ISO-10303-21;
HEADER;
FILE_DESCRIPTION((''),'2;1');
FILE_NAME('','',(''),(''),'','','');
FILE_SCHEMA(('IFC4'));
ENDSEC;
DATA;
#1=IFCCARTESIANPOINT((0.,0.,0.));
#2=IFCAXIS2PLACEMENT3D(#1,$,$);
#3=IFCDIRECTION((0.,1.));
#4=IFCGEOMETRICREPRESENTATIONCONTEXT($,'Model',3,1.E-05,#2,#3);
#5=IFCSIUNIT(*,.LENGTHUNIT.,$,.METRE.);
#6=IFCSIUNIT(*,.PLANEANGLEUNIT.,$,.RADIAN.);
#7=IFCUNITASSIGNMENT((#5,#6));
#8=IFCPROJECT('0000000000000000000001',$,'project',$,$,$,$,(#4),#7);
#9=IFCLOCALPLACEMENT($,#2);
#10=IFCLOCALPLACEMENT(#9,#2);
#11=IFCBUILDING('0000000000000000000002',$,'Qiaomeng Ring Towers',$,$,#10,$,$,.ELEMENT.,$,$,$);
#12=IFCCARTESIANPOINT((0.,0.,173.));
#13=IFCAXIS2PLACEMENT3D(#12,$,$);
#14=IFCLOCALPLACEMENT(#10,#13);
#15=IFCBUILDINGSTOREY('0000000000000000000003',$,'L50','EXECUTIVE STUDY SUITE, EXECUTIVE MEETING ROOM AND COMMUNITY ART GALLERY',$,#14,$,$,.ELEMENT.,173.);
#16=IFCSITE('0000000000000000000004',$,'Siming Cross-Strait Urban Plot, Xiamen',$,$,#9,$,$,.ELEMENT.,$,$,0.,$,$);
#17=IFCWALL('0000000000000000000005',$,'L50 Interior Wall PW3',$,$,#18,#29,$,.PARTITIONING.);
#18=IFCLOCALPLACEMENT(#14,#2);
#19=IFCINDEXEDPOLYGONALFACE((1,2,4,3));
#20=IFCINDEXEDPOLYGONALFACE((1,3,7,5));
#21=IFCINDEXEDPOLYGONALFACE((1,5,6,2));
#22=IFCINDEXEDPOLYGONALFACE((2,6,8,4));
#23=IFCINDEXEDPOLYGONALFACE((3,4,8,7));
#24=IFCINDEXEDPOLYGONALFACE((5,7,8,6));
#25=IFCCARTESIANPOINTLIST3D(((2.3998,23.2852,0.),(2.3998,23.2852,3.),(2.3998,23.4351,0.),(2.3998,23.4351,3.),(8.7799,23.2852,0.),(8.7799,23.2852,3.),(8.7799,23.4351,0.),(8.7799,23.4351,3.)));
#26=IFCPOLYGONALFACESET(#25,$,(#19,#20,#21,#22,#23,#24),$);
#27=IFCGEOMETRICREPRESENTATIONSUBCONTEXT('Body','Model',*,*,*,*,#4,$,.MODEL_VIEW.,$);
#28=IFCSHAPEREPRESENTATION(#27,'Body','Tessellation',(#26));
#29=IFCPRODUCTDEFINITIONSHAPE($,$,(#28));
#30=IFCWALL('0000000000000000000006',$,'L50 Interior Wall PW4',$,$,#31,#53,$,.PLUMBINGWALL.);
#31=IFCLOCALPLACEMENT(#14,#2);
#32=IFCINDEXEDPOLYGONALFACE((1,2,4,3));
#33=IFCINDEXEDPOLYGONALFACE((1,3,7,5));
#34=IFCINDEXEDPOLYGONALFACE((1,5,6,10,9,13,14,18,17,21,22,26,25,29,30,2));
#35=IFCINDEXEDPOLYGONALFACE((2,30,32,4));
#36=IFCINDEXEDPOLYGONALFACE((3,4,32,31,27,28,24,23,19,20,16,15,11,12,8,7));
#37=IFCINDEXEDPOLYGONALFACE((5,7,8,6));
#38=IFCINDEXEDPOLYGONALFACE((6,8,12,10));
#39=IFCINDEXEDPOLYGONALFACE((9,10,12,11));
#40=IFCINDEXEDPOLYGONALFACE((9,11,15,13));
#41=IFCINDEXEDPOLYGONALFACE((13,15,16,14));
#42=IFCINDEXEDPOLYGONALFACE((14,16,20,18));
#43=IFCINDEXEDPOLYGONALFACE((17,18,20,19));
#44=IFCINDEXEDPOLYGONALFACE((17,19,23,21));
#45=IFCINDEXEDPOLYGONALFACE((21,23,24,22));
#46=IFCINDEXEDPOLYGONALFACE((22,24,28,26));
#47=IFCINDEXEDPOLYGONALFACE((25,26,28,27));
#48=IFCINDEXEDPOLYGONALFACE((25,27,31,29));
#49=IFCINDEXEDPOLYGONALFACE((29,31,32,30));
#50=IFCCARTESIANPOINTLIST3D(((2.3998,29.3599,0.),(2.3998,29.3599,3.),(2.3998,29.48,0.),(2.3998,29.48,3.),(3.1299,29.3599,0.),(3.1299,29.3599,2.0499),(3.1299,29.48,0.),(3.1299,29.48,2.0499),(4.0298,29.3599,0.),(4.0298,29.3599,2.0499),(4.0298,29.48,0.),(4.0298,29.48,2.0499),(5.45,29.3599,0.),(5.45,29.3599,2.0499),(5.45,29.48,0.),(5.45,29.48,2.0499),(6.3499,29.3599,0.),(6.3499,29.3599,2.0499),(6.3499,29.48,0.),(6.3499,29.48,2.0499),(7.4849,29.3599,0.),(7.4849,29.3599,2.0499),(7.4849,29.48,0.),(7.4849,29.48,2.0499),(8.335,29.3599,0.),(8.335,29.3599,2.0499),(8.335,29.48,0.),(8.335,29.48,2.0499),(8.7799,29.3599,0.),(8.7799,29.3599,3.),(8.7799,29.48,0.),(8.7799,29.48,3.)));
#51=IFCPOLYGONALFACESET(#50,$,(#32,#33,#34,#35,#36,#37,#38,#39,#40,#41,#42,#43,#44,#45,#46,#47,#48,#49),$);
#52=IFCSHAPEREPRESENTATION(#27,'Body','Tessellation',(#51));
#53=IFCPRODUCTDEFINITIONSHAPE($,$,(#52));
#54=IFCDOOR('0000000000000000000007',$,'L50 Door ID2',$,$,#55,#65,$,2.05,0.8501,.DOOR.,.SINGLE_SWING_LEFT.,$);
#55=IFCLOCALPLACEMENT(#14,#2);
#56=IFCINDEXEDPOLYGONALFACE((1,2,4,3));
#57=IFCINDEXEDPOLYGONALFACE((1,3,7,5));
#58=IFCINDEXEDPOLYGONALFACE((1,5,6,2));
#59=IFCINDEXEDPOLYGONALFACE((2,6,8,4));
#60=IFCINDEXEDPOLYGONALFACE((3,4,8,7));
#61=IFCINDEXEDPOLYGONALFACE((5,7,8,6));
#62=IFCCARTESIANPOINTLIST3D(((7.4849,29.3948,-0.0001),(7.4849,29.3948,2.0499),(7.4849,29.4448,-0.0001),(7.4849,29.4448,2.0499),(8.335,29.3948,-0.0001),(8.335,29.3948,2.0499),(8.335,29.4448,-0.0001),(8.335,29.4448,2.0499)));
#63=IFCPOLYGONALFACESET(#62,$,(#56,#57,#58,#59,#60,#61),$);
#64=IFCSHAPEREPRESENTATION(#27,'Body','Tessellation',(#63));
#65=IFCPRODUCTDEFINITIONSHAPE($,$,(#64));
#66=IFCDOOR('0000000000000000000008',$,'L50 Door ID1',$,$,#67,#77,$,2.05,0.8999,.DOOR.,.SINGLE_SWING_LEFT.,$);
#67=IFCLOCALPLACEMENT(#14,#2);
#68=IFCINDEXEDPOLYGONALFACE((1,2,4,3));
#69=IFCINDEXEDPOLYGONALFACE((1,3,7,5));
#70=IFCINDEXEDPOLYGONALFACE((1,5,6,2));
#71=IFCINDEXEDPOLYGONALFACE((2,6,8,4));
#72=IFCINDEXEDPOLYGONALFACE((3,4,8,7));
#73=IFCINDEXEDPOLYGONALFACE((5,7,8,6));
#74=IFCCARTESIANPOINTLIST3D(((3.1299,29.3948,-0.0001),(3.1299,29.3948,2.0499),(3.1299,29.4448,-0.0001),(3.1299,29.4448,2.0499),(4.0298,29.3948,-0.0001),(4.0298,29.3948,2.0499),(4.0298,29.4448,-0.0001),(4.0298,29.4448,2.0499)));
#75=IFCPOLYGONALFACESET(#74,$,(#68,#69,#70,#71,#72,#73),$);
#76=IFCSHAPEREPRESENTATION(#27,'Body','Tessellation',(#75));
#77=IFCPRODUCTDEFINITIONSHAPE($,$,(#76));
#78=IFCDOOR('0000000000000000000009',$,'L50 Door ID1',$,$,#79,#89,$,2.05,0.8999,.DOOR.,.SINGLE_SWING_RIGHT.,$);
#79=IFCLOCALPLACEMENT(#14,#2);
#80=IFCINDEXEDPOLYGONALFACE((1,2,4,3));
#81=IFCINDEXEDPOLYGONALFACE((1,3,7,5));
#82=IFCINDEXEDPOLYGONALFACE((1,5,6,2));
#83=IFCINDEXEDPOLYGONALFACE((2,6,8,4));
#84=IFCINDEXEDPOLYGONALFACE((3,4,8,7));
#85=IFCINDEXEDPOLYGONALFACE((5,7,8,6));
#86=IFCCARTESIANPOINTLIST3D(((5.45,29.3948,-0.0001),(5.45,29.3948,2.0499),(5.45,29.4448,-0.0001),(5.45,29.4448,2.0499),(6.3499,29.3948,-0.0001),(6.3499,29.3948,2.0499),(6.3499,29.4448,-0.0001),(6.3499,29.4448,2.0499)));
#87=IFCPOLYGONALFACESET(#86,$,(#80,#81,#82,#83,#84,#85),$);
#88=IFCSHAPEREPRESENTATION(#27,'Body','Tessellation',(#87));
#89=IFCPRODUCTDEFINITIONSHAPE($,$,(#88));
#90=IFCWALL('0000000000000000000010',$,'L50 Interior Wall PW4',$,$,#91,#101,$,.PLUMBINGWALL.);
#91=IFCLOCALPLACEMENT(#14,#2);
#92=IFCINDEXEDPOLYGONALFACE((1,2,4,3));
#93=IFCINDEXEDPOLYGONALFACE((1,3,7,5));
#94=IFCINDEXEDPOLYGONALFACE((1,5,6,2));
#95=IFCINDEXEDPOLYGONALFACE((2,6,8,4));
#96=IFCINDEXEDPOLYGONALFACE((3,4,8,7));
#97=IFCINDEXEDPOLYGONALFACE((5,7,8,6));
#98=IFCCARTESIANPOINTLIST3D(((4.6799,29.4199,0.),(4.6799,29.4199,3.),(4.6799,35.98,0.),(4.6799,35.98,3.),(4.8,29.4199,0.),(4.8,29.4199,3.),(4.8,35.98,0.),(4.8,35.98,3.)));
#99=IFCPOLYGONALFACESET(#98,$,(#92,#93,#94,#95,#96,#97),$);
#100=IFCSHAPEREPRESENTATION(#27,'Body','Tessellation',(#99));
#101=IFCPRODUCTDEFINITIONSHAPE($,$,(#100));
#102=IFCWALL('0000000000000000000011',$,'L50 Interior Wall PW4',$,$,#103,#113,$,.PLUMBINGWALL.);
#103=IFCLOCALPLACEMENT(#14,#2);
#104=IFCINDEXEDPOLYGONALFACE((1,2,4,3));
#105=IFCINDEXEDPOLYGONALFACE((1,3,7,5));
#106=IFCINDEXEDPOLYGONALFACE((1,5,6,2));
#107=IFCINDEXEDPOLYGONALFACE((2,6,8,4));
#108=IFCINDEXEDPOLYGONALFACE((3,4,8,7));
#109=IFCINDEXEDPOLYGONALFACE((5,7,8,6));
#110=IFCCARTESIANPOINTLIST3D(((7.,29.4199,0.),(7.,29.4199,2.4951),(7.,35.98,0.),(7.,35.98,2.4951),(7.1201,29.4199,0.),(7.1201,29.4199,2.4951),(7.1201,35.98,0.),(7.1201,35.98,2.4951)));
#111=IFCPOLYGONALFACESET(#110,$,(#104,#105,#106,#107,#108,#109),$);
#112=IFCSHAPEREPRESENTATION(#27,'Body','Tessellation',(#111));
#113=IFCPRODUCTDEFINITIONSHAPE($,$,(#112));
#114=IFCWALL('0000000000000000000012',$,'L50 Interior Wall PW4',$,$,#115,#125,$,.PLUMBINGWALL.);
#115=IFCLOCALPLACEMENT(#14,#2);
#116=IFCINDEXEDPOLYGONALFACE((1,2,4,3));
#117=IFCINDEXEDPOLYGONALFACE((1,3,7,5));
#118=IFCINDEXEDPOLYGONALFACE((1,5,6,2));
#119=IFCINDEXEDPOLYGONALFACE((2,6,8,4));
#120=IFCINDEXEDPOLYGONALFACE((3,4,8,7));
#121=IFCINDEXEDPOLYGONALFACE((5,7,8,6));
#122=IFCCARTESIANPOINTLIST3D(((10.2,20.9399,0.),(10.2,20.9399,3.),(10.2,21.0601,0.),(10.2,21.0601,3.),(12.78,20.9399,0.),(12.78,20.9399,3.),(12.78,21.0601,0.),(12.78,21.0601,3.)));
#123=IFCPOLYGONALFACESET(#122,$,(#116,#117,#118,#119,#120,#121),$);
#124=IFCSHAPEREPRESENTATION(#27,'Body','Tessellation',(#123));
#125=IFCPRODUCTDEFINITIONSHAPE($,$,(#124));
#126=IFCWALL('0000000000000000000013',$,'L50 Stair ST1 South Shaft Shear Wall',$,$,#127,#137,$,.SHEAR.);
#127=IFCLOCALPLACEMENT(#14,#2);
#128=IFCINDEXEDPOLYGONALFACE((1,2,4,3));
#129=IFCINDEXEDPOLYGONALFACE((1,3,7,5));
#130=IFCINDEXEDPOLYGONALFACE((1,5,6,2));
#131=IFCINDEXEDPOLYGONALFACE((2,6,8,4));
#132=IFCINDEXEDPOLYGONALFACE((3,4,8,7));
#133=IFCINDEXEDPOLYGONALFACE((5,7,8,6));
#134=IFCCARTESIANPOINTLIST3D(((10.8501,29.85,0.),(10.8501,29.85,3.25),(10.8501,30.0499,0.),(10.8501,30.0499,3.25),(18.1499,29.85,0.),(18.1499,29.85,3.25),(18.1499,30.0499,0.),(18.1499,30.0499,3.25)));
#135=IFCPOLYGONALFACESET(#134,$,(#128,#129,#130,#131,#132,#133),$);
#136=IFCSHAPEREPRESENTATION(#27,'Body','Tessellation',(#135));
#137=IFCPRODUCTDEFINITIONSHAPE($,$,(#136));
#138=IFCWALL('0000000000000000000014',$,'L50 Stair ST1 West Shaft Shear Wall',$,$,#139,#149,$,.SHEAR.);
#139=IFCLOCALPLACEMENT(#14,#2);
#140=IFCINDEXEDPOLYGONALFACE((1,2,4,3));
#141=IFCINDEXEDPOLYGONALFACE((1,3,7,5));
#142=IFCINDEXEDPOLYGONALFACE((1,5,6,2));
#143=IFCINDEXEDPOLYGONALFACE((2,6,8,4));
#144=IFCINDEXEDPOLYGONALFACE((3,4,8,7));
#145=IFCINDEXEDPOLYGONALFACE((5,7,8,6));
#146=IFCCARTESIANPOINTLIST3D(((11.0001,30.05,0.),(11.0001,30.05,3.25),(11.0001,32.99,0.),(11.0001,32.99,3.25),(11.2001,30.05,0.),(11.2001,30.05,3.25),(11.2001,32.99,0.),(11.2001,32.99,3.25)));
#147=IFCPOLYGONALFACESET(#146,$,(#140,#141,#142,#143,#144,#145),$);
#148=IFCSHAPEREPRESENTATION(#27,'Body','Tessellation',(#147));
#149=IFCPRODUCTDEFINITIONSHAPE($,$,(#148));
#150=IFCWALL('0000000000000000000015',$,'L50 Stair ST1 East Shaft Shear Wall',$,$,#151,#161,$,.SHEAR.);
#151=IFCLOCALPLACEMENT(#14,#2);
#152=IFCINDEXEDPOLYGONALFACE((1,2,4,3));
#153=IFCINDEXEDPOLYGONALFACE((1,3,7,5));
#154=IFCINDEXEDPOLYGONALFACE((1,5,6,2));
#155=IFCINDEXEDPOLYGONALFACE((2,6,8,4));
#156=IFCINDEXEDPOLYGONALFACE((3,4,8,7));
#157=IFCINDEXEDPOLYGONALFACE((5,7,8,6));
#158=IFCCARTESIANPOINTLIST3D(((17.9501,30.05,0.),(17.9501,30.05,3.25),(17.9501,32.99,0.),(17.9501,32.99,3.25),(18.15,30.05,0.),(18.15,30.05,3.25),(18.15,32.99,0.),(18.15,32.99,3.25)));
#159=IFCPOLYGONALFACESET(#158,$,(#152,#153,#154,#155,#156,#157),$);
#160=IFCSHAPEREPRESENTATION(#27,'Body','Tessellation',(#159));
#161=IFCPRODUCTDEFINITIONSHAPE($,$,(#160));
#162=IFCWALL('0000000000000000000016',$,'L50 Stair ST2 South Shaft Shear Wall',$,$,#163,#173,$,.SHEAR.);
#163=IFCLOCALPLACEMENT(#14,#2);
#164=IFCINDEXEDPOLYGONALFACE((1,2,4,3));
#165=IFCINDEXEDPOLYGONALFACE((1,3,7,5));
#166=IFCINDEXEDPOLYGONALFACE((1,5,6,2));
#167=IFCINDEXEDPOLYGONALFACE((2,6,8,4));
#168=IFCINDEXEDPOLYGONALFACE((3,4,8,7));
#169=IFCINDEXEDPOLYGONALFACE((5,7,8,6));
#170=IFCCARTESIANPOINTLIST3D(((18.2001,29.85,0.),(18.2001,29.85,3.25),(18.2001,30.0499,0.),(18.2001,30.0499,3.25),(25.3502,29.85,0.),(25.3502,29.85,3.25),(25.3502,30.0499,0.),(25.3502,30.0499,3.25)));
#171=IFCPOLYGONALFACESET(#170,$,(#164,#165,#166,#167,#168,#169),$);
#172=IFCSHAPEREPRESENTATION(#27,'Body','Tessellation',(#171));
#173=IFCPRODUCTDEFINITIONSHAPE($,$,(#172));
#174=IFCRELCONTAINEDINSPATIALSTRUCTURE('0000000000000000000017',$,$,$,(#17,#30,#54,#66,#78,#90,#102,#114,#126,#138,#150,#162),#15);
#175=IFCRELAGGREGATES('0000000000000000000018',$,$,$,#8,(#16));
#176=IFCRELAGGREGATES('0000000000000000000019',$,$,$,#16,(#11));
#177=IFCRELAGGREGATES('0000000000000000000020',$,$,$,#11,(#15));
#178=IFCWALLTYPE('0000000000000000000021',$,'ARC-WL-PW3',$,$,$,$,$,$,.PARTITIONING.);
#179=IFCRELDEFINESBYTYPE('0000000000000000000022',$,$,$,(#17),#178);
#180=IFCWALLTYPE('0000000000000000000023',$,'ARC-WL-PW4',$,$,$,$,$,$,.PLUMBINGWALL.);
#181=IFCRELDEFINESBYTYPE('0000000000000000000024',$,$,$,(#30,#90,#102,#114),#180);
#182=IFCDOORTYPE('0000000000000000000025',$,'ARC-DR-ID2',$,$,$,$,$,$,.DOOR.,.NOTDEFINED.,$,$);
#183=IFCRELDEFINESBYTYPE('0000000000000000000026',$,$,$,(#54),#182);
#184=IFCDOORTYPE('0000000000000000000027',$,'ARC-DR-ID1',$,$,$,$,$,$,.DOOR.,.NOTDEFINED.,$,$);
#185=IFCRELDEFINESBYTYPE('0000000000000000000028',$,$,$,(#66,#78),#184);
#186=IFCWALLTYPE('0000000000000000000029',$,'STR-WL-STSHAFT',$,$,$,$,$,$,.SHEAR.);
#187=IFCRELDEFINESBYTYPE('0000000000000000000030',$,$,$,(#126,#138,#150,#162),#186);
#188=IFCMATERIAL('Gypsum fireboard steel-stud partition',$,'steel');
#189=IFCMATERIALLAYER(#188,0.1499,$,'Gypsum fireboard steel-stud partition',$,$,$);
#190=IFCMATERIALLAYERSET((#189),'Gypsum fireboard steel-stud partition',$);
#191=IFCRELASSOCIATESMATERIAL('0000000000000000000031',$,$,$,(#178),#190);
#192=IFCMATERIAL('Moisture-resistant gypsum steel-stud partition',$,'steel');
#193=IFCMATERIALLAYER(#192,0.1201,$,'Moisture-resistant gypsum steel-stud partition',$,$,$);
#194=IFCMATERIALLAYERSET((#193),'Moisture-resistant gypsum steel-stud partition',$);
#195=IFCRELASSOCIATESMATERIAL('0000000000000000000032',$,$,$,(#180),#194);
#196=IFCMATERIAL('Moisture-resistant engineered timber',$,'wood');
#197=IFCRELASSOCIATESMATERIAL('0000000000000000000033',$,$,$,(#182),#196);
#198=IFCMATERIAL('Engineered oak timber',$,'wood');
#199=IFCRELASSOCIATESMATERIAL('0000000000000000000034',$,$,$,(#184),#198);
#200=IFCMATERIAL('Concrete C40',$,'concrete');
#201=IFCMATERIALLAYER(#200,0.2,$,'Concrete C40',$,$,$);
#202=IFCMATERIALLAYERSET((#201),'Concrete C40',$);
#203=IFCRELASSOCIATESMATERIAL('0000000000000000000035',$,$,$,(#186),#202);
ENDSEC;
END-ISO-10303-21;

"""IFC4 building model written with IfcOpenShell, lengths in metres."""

from ifc_helpers import new_model, si_unit, direction, frame, frame_2d, origin, place, context, subcontext, project, spatial, rectangle, extrude, source, transform, mapped, material, layer, layer_set, type_object, element, fill, save


model = new_model("IFC4")

# Units and contexts
model_context = context("Model", 3, precision=1e-05, world=origin(), true_north=direction((0.0, 1.0)))
body_context = subcontext(model_context, "Body", "Model", "MODEL_VIEW")
ifc_project = project(units=[si_unit("LENGTHUNIT", "METRE"), si_unit("PLANEANGLEUNIT", "RADIAN")], contexts=[model_context])

# Site, building, storey
site_placement = place(None, origin())
site = spatial("IfcSite", under=ifc_project, at=site_placement, Name="Siming Cross-Strait Urban Plot, Xiamen", CompositionType="ELEMENT", RefElevation=0.0)
building_placement = place(site_placement, origin())
building = spatial("IfcBuilding", under=site, at=building_placement, Name="Qiaomeng Ring Towers", CompositionType="ELEMENT")
storey_placement = place(building_placement, frame((0.0, 0.0, 173.0)))
storey = spatial("IfcBuildingStorey", under=building, at=storey_placement, Name="L50", Description="EXECUTIVE STUDY SUITE, EXECUTIVE MEETING ROOM AND COMMUNITY ART GALLERY", CompositionType="ELEMENT", Elevation=173.0)

# Wall
ifc_material_1 = material(Name="Gypsum fireboard steel-stud partition", Category="steel")
ifc_layer_1 = layer(ifc_material_1, 0.1499, Name="Gypsum fireboard steel-stud partition")
ifc_layer_set_1 = layer_set([ifc_layer_1], Name="Gypsum fireboard steel-stud partition")
wall_type_1 = type_object("IfcWallType", Name="ARC-WL-PW3", PredefinedType="PARTITIONING", material=ifc_layer_set_1)
wall_1_placement = place(storey_placement, frame((2.3999, 23.3601, 0.0), z_axis=(0.0, 0.0, 1.0), x_axis=(1.0, 0.0, 0.0)))
element("IfcWall", 1, at=wall_1_placement, inside=storey, type_object=wall_type_1, Name="L50 Interior Wall PW3", PredefinedType="PARTITIONING", context=body_context, shape_type="SweptSolid", body=[
    extrude(rectangle(XDim=6.3801, YDim=0.1499, at=frame_2d((3.1899, 0.0))), origin(), (0.0, 0.0, 1.0), 3.0),
])

# Wall, openings, doors
ifc_material_2 = material(Name="Moisture-resistant gypsum steel-stud partition", Category="steel")
ifc_layer_2 = layer(ifc_material_2, 0.1201, Name="Moisture-resistant gypsum steel-stud partition")
ifc_layer_set_2 = layer_set([ifc_layer_2], Name="Moisture-resistant gypsum steel-stud partition")
wall_type_2 = type_object("IfcWallType", Name="ARC-WL-PW4", PredefinedType="PLUMBINGWALL", material=ifc_layer_set_2)
wall_2_placement = place(storey_placement, frame((2.3999, 29.4199, 0.0), z_axis=(0.0, 0.0, 1.0), x_axis=(1.0, 0.0, 0.0)))
wall_2 = element("IfcWall", 2, at=wall_2_placement, inside=storey, type_object=wall_type_2, Name="L50 Interior Wall PW4", PredefinedType="PLUMBINGWALL", context=body_context, shape_type="SweptSolid", body=[
    extrude(rectangle(XDim=6.3801, YDim=0.1201, at=frame_2d((3.1899, 0.0))), origin(), (0.0, 0.0, 1.0), 3.0),
])
opening_1_placement = place(wall_2_placement, frame((0.73, 0.0, 0.0)))
opening_1 = element("IfcOpeningElement", 3, at=opening_1_placement, cuts=wall_2, PredefinedType="OPENING", context=body_context, shape_type="SweptSolid", body=[
    extrude(rectangle(XDim=0.8999, YDim=2.05, at=frame_2d((0.45, 1.0249))), frame((0.0, 0.0701, 0.0), z_axis=(0.0, -1.0, 0.0), x_axis=(1.0, 0.0, 0.0)), (0.0, 0.0, 1.0), 0.1401),
])
opening_2_placement = place(wall_2_placement, frame((3.05, 0.0, 0.0)))
opening_2 = element("IfcOpeningElement", 4, at=opening_2_placement, cuts=wall_2, PredefinedType="OPENING", context=body_context, shape_type="SweptSolid", body=[
    extrude(rectangle(XDim=0.8999, YDim=2.05, at=frame_2d((0.45, 1.0249))), frame((0.0, 0.0701, 0.0), z_axis=(0.0, -1.0, 0.0), x_axis=(1.0, 0.0, 0.0)), (0.0, 0.0, 1.0), 0.1401),
])
opening_3_placement = place(wall_2_placement, frame((5.085, 0.0, 0.0)))
opening_3 = element("IfcOpeningElement", 5, at=opening_3_placement, cuts=wall_2, PredefinedType="OPENING", context=body_context, shape_type="SweptSolid", body=[
    extrude(rectangle(XDim=0.8501, YDim=2.05, at=frame_2d((0.425, 1.0249))), frame((0.0, 0.0701, 0.0), z_axis=(0.0, -1.0, 0.0), x_axis=(1.0, 0.0, 0.0)), (0.0, 0.0, 1.0), 0.1401),
])
ifc_material_3 = material(Name="Moisture-resistant engineered timber", Category="wood")
door_type_1 = type_object("IfcDoorType", Name="ARC-DR-ID2", OperationType="NOTDEFINED", PredefinedType="DOOR", material=ifc_material_3)
shared_shape_1 = source(origin(), body_context, "Body", "SweptSolid", [
    extrude(rectangle(XDim=0.8501, YDim=2.05, at=frame_2d((0.425, 1.0249))), frame((0.0, 0.0249, 0.0), z_axis=(0.0, -1.0, 0.0), x_axis=(1.0, 0.0, 0.0)), (0.0, 0.0, 1.0), 0.05),
])
door_1_placement = place(opening_3_placement, origin())
door_1 = element("IfcDoor", 6, at=door_1_placement, inside=storey, type_object=door_type_1, Name="L50 Door ID2", OperationType="SINGLE_SWING_LEFT", OverallHeight=2.05, OverallWidth=0.8501, PredefinedType="DOOR", context=body_context, shape_type="MappedRepresentation", body=[
    mapped(shared_shape_1, transform((0.0, 0.0, 0.0), x_axis=(1.0, 0.0, 0.0), y_axis=(0.0, 1.0, 0.0), z_axis=(0.0, 0.0, 1.0), scale=1.0)),
])
fill(opening_3, door_1)
ifc_material_4 = material(Name="Engineered oak timber", Category="wood")
door_type_2 = type_object("IfcDoorType", Name="ARC-DR-ID1", OperationType="NOTDEFINED", PredefinedType="DOOR", material=ifc_material_4)
shared_shape_2 = source(origin(), body_context, "Body", "SweptSolid", [
    extrude(rectangle(XDim=0.8999, YDim=2.05, at=frame_2d((0.45, 1.0249))), frame((0.0, 0.0249, 0.0), z_axis=(0.0, -1.0, 0.0), x_axis=(1.0, 0.0, 0.0)), (0.0, 0.0, 1.0), 0.05),
])
door_2_placement = place(opening_1_placement, origin())
door_2 = element("IfcDoor", 7, at=door_2_placement, inside=storey, type_object=door_type_2, Name="L50 Door ID1", OperationType="SINGLE_SWING_LEFT", OverallHeight=2.05, OverallWidth=0.8999, PredefinedType="DOOR", context=body_context, shape_type="MappedRepresentation", body=[
    mapped(shared_shape_2, transform((0.0, 0.0, 0.0), x_axis=(1.0, 0.0, 0.0), y_axis=(0.0, 1.0, 0.0), z_axis=(0.0, 0.0, 1.0), scale=1.0)),
])
fill(opening_1, door_2)
door_3_placement = place(opening_2_placement, origin())
door_3 = element("IfcDoor", 8, at=door_3_placement, inside=storey, type_object=door_type_2, Name="L50 Door ID1", OperationType="SINGLE_SWING_RIGHT", OverallHeight=2.05, OverallWidth=0.8999, PredefinedType="DOOR", context=body_context, shape_type="MappedRepresentation", body=[
    mapped(shared_shape_2, transform((0.0, 0.0, 0.0), x_axis=(1.0, 0.0, 0.0), y_axis=(0.0, 1.0, 0.0), z_axis=(0.0, 0.0, 1.0), scale=1.0)),
])
fill(opening_2, door_3)

# Walls
wall_3_placement = place(storey_placement, frame((4.74, 29.4199, 0.0), z_axis=(0.0, 0.0, 1.0), x_axis=(0.0, 1.0, 0.0)))
element("IfcWall", 9, at=wall_3_placement, inside=storey, type_object=wall_type_2, Name="L50 Interior Wall PW4", PredefinedType="PLUMBINGWALL", context=body_context, shape_type="SweptSolid", body=[
    extrude(rectangle(XDim=6.5601, YDim=0.1201, at=frame_2d((3.28, 0.0))), origin(), (0.0, 0.0, 1.0), 3.0),
])
wall_4_placement = place(storey_placement, frame((7.0601, 29.4199, 0.0), z_axis=(0.0, 0.0, 1.0), x_axis=(0.0, 1.0, 0.0)))
element("IfcWall", 10, at=wall_4_placement, inside=storey, type_object=wall_type_2, Name="L50 Interior Wall PW4", PredefinedType="PLUMBINGWALL", context=body_context, shape_type="SweptSolid", body=[
    extrude(rectangle(XDim=6.5601, YDim=0.1201, at=frame_2d((3.28, 0.0))), origin(), (0.0, 0.0, 1.0), 2.4951),
])
wall_5_placement = place(storey_placement, frame((10.2, 21.0, 0.0), z_axis=(0.0, 0.0, 1.0), x_axis=(1.0, 0.0, 0.0)))
element("IfcWall", 11, at=wall_5_placement, inside=storey, type_object=wall_type_2, Name="L50 Interior Wall PW4", PredefinedType="PLUMBINGWALL", context=body_context, shape_type="SweptSolid", body=[
    extrude(rectangle(XDim=2.5801, YDim=0.1201, at=frame_2d((1.29, 0.0))), origin(), (0.0, 0.0, 1.0), 3.0),
])
ifc_material_5 = material(Name="Concrete C40", Category="concrete")
ifc_layer_3 = layer(ifc_material_5, 0.2, Name="Concrete C40")
ifc_layer_set_3 = layer_set([ifc_layer_3], Name="Concrete C40")
wall_type_3 = type_object("IfcWallType", Name="STR-WL-STSHAFT", PredefinedType="SHEAR", material=ifc_layer_set_3)
wall_6_placement = place(storey_placement, frame((10.8501, 29.95, 0.0), z_axis=(0.0, 0.0, 1.0), x_axis=(1.0, 0.0, 0.0)))
element("IfcWall", 12, at=wall_6_placement, inside=storey, type_object=wall_type_3, Name="L50 Stair ST1 South Shaft Shear Wall", PredefinedType="SHEAR", context=body_context, shape_type="SweptSolid", body=[
    extrude(rectangle(XDim=7.2998, YDim=0.2, at=frame_2d((3.6499, 0.0))), origin(), (0.0, 0.0, 1.0), 3.25),
])
for number, where, z_axis, x_axis, name in (
    (13, (11.1001, 30.05, 0.0), (0.0, 0.0, 1.0), (0.0, 1.0, 0.0), "L50 Stair ST1 West Shaft Shear Wall"),
    (14, (18.05, 30.05, 0.0), (0.0, 0.0, 1.0), (0.0, 1.0, 0.0), "L50 Stair ST1 East Shaft Shear Wall"),
):
    element("IfcWall", number, at=place(storey_placement, frame(where, z_axis=z_axis, x_axis=x_axis)), inside=storey, type_object=wall_type_3, Name=name, PredefinedType="SHEAR", context=body_context, shape_type="SweptSolid", body=[
        extrude(rectangle(XDim=2.9399, YDim=0.2, at=frame_2d((1.47, 0.0))), origin(), (0.0, 0.0, 1.0), 3.25),
    ])
wall_7_placement = place(storey_placement, frame((18.2, 29.95, 0.0), z_axis=(0.0, 0.0, 1.0), x_axis=(1.0, 0.0, 0.0)))
element("IfcWall", 15, at=wall_7_placement, inside=storey, type_object=wall_type_3, Name="L50 Stair ST2 South Shaft Shear Wall", PredefinedType="SHEAR", context=body_context, shape_type="SweptSolid", body=[
    extrude(rectangle(XDim=7.1501, YDim=0.2, at=frame_2d((3.5752, 0.0))), origin(), (0.0, 0.0, 1.0), 3.25),
])

save(model, "model.ifc")
